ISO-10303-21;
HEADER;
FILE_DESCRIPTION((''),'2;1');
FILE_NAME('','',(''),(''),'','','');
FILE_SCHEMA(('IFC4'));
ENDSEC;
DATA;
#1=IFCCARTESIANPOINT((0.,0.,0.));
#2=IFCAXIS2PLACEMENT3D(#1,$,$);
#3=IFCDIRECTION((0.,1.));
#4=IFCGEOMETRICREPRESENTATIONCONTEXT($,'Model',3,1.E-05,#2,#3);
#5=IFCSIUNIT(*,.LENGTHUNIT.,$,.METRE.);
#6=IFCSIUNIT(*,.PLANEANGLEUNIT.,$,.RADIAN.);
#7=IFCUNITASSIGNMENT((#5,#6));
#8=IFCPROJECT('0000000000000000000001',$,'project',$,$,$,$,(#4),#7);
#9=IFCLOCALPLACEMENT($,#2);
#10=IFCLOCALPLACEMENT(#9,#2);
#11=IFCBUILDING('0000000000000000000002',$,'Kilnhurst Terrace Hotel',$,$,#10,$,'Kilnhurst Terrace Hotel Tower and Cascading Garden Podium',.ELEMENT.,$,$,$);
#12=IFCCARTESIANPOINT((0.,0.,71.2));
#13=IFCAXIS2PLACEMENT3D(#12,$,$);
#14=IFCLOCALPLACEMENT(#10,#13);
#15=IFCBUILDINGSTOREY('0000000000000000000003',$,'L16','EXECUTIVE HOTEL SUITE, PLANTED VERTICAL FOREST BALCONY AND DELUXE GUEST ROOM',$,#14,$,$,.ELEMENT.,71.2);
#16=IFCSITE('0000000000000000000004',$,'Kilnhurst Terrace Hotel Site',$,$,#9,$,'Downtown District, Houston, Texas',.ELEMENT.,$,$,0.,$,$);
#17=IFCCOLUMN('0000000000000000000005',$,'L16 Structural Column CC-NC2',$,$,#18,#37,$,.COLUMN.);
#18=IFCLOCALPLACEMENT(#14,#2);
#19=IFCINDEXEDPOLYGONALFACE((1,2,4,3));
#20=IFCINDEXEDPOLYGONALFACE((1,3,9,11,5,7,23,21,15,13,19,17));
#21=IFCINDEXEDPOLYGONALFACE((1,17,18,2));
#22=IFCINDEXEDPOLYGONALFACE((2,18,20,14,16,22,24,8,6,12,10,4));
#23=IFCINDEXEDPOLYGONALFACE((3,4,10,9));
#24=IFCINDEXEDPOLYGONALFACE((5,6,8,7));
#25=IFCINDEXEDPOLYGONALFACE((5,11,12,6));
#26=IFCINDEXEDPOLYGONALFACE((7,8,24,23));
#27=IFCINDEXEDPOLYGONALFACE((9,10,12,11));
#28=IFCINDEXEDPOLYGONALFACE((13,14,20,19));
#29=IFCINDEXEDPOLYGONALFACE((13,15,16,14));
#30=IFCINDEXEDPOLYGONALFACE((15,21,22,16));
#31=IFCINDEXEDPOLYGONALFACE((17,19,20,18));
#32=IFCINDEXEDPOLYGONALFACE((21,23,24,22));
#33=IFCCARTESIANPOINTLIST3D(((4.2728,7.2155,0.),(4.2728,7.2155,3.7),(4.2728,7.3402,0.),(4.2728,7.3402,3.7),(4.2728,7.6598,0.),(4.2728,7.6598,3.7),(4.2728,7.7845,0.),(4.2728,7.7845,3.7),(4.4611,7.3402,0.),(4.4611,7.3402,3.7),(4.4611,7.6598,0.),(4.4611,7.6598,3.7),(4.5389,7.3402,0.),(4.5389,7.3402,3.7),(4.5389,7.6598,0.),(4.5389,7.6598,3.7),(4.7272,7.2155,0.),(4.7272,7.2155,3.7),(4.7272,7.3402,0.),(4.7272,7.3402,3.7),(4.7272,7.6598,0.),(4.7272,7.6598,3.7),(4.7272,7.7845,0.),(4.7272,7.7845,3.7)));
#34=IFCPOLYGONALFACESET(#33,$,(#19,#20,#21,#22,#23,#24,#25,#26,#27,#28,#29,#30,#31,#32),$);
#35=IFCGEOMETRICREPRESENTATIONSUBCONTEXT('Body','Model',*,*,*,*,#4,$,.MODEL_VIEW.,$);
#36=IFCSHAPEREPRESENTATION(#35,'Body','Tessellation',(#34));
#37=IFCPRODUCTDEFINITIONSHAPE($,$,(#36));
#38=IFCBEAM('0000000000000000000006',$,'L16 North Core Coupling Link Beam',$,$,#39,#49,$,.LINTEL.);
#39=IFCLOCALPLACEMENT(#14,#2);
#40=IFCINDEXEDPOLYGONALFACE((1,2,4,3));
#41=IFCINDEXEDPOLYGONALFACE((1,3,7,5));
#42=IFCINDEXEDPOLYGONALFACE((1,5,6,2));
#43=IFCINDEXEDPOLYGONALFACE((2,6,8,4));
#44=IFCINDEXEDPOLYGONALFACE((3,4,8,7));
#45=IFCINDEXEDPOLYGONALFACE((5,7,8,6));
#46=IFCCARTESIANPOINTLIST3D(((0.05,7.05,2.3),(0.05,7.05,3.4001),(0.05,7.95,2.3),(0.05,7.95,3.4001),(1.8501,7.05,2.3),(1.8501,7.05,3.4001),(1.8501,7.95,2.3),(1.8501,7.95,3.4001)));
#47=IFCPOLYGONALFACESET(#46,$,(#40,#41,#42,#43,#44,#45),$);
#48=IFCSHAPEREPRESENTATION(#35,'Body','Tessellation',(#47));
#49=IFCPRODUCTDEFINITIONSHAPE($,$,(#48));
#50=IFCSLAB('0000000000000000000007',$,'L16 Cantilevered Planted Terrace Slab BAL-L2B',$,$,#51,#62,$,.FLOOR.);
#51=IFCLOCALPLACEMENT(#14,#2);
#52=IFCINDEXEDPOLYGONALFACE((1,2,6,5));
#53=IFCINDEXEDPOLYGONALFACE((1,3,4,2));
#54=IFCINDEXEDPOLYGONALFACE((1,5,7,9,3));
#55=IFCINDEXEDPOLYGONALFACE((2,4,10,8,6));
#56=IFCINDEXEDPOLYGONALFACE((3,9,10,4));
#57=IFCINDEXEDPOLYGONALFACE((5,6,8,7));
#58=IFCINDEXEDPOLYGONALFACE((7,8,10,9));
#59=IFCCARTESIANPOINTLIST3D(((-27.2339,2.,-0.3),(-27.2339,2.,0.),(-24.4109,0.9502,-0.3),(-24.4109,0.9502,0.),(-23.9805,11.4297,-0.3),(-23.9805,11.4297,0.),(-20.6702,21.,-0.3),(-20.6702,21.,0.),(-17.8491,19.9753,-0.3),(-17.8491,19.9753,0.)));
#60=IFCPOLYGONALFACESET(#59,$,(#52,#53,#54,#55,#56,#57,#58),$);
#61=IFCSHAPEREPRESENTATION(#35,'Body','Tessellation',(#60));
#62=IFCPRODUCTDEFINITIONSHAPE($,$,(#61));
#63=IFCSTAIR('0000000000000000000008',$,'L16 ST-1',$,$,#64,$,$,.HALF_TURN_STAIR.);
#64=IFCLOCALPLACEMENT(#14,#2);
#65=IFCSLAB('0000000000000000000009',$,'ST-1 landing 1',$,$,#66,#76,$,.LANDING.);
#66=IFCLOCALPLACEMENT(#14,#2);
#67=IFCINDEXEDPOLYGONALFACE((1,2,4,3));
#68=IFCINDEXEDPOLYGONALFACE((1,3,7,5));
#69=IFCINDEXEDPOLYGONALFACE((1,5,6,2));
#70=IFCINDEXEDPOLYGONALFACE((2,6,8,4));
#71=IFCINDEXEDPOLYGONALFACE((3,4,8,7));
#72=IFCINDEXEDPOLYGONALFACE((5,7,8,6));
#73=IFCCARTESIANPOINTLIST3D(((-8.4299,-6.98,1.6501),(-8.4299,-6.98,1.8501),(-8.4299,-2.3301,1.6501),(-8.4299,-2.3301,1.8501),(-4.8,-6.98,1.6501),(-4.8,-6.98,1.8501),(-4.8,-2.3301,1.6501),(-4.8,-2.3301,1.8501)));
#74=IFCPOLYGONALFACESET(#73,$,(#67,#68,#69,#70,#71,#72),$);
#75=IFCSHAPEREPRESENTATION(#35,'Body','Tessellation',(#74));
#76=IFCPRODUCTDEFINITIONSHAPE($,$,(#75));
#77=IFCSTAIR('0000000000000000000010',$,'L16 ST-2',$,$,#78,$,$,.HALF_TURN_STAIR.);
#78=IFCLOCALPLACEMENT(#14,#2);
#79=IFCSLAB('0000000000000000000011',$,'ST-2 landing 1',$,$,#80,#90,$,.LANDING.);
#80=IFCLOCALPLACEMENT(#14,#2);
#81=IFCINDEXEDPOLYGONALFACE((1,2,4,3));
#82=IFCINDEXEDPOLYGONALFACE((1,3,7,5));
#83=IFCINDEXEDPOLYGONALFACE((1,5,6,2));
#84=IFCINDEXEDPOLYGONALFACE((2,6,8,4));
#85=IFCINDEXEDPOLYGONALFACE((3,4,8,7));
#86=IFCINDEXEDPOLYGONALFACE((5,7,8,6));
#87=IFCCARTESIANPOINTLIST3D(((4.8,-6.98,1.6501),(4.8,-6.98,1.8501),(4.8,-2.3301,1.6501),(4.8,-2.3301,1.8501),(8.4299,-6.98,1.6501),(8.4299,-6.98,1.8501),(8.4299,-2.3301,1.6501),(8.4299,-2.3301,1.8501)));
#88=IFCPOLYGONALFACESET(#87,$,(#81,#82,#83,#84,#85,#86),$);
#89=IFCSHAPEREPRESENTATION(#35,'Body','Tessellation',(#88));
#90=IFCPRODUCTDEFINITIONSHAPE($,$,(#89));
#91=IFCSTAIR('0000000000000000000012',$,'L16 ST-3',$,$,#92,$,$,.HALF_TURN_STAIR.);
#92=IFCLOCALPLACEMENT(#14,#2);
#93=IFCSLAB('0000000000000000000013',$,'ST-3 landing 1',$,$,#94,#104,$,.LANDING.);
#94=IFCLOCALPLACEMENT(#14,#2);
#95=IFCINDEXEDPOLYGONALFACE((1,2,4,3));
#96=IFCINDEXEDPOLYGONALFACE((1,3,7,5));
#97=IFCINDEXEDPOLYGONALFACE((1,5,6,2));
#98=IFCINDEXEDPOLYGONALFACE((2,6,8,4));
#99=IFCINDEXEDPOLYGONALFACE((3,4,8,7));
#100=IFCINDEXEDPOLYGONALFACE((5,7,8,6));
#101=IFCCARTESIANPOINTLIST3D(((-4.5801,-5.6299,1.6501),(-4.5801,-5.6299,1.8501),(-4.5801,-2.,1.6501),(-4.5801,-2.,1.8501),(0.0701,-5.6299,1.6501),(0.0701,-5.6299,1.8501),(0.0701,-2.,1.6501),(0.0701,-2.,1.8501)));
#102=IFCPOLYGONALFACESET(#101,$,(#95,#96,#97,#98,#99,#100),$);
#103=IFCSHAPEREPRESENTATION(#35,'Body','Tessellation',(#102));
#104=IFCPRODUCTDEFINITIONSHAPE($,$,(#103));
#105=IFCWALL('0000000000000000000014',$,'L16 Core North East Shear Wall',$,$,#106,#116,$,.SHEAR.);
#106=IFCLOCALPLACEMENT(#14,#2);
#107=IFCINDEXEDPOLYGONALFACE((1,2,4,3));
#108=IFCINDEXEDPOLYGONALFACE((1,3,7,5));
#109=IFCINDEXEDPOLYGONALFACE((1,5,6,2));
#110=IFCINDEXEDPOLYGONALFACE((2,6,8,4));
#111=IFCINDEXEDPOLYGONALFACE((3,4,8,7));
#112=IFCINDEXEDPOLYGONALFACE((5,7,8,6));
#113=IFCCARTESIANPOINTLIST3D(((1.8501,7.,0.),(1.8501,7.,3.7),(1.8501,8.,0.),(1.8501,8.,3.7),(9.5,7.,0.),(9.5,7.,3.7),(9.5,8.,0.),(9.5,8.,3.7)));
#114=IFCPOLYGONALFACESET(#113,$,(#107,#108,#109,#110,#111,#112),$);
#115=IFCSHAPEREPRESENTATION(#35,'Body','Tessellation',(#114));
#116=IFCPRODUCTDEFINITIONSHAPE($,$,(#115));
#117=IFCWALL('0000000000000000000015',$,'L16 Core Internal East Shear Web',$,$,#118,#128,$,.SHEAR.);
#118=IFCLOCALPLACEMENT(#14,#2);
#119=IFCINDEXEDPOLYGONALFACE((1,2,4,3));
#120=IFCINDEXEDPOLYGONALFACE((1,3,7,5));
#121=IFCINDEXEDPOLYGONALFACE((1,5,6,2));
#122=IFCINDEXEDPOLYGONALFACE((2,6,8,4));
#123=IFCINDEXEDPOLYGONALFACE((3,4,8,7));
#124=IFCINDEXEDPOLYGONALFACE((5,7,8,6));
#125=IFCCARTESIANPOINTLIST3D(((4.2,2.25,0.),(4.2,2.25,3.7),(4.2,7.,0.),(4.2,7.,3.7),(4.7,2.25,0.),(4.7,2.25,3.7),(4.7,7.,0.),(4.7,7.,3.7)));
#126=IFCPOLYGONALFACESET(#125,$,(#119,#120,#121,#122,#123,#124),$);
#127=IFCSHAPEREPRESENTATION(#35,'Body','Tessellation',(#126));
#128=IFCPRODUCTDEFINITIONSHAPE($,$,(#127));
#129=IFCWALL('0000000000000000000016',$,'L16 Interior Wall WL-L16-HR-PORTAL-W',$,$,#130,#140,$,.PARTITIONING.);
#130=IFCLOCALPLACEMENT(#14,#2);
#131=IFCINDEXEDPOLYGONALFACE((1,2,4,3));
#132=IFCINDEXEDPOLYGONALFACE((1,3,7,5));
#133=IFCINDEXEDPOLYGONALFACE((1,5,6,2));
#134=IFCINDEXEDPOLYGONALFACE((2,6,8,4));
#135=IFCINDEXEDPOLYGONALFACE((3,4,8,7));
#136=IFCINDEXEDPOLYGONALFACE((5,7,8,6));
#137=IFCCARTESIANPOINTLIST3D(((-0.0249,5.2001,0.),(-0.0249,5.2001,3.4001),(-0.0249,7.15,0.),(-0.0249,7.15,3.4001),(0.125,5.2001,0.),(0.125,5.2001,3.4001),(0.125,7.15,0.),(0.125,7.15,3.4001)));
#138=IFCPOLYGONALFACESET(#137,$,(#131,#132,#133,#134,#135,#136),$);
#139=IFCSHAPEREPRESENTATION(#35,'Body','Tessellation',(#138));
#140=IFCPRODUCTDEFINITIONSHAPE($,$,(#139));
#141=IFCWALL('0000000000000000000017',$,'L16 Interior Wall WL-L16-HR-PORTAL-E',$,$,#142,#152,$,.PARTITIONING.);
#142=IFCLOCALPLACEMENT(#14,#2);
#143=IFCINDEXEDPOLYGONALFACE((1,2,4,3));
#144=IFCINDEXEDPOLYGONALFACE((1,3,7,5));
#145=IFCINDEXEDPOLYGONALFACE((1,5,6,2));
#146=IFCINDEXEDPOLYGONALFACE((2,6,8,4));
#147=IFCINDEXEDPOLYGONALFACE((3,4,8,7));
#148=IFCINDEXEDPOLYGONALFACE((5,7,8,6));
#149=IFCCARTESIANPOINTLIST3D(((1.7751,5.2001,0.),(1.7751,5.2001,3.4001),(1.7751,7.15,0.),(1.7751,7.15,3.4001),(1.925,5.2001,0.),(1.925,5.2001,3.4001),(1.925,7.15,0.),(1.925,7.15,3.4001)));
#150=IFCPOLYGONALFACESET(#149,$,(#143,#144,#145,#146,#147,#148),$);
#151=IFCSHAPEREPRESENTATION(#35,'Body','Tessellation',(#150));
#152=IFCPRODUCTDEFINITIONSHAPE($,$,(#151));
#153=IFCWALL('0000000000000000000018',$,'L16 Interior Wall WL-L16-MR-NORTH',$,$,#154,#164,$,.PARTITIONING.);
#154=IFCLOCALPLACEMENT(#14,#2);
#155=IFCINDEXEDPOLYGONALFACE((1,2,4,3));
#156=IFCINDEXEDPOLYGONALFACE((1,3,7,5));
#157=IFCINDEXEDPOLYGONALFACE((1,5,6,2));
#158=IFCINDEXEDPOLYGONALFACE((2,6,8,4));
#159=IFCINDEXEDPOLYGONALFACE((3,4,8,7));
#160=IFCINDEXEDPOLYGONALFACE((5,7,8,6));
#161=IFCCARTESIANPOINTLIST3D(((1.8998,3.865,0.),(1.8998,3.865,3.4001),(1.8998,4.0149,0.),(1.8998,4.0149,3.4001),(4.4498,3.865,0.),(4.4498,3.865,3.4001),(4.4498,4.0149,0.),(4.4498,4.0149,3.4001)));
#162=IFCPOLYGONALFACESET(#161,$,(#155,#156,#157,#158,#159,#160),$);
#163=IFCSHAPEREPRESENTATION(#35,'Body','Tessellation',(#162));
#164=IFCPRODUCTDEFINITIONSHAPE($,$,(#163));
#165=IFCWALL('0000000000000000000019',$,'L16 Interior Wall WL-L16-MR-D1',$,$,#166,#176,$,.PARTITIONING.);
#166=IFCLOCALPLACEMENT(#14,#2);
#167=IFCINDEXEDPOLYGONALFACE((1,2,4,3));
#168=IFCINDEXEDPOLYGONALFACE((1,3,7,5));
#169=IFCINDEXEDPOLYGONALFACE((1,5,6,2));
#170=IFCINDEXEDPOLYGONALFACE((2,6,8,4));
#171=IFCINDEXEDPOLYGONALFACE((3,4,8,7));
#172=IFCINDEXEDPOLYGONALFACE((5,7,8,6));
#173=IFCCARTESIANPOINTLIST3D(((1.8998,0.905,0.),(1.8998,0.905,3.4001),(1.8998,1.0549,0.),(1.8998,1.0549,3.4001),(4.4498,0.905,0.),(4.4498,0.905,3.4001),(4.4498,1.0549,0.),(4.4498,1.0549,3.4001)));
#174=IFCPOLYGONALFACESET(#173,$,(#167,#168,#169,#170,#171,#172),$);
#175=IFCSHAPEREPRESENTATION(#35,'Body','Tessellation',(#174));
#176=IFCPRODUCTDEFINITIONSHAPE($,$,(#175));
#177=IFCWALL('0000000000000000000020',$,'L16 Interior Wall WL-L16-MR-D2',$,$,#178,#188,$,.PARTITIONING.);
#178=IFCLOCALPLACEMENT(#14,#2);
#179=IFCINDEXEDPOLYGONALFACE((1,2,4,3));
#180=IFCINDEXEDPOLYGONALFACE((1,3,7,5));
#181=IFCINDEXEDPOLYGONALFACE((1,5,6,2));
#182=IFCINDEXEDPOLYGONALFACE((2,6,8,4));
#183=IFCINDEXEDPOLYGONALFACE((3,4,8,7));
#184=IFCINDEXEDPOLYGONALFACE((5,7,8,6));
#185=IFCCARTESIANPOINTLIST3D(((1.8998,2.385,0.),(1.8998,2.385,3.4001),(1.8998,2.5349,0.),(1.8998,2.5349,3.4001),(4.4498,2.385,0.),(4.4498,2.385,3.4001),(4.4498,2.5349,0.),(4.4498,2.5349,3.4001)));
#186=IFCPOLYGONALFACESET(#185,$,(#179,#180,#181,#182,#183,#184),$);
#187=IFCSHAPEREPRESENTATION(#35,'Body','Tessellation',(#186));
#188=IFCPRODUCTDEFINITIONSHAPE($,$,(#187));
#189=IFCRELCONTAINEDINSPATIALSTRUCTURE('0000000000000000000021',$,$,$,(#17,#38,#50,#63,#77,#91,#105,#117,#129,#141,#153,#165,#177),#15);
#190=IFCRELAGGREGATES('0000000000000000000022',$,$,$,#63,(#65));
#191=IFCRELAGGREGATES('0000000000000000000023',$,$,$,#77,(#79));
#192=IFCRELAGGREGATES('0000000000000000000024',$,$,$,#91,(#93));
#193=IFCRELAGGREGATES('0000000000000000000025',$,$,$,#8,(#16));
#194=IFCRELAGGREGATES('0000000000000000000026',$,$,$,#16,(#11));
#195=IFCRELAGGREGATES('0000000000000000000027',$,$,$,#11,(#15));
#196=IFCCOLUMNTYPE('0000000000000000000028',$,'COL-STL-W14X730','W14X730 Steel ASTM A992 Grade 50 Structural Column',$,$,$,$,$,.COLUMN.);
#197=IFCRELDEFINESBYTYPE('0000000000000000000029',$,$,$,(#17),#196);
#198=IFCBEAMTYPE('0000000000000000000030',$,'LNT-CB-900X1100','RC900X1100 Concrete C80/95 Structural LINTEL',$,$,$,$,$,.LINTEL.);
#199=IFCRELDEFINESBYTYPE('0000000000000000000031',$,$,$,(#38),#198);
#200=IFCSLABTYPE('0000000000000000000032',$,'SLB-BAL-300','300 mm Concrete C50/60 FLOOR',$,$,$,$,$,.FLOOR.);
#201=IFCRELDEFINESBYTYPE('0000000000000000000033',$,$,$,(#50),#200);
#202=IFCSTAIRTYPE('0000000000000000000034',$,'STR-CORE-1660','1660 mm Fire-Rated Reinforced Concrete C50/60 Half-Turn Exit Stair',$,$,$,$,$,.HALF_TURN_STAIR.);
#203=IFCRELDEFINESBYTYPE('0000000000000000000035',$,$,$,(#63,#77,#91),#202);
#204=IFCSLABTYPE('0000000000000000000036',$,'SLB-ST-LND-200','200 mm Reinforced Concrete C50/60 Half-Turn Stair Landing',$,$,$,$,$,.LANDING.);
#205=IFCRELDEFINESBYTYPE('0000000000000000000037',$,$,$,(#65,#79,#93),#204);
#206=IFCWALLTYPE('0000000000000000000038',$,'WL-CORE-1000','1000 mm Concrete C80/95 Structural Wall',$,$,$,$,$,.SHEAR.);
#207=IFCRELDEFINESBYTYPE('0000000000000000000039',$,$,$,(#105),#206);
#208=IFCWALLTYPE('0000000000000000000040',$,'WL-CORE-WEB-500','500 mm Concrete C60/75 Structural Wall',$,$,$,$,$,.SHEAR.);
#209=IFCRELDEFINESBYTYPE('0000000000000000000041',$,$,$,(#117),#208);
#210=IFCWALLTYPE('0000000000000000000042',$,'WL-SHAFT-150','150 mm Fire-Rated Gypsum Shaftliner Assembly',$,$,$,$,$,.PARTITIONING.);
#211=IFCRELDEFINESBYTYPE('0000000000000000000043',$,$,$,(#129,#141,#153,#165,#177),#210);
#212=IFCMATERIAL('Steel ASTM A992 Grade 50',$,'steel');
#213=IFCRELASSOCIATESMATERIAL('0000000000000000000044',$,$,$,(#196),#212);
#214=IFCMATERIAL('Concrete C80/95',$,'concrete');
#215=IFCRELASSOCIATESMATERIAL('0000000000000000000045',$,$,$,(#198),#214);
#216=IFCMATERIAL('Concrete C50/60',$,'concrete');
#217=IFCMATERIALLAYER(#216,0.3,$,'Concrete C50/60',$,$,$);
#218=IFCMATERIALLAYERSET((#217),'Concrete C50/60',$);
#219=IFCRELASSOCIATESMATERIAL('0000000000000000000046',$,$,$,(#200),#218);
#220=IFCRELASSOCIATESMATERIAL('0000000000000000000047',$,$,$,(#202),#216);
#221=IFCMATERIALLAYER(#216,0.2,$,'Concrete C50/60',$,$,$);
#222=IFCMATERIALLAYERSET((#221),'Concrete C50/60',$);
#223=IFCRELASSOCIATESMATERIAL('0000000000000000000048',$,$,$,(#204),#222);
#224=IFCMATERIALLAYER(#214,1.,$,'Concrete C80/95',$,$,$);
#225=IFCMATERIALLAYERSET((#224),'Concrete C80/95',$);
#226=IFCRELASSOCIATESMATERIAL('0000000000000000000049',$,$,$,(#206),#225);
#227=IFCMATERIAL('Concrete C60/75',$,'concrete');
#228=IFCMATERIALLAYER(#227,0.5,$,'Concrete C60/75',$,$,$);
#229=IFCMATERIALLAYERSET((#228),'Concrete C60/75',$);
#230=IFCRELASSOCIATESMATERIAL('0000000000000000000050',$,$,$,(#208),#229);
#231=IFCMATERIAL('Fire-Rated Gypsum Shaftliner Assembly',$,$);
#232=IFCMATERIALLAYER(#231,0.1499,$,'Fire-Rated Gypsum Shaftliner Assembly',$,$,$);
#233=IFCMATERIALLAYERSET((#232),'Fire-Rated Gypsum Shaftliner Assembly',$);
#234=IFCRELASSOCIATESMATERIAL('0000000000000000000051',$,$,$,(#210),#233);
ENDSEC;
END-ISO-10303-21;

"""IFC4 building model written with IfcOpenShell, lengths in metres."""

from ifc_helpers import new_model, si_unit, direction, frame, frame_2d, origin, origin_2d, place, context, subcontext, project, spatial, polyline, rectangle, i_section, outline, extrude, material, layer, layer_set, material_profile, profile_set, type_object, element, aggregate, save


model = new_model("IFC4")

# Units and contexts
model_context = context("Model", 3, precision=1e-05, world=origin(), true_north=direction((0.0, 1.0)))
body_context = subcontext(model_context, "Body", "Model", "MODEL_VIEW")
ifc_project = project(units=[si_unit("LENGTHUNIT", "METRE"), si_unit("PLANEANGLEUNIT", "RADIAN")], contexts=[model_context])

# Site, building, storey
site_placement = place(None, origin())
site = spatial("IfcSite", under=ifc_project, at=site_placement, Name="Kilnhurst Terrace Hotel Site", LongName="Downtown District, Houston, Texas", CompositionType="ELEMENT", RefElevation=0.0)
building_placement = place(site_placement, origin())
building = spatial("IfcBuilding", under=site, at=building_placement, Name="Kilnhurst Terrace Hotel", LongName="Kilnhurst Terrace Hotel Tower and Cascading Garden Podium", CompositionType="ELEMENT")
storey_placement = place(building_placement, frame((0.0, 0.0, 71.2)))
storey = spatial("IfcBuildingStorey", under=building, at=storey_placement, Name="L16", Description="EXECUTIVE HOTEL SUITE, PLANTED VERTICAL FOREST BALCONY AND DELUXE GUEST ROOM", CompositionType="ELEMENT", Elevation=71.2)

# Column
ifc_material_1 = material(Name="Steel ASTM A992 Grade 50", Category="steel")
ifc_material_profile_1 = material_profile(ifc_material_1, i_section(OverallWidth=0.4543, OverallDepth=0.5691, WebThickness=0.0779, FlangeThickness=0.1248, at=origin_2d()), Name="W14X730")
ifc_profile_set_1 = profile_set([ifc_material_profile_1], Name="Steel ASTM A992 Grade 50")
column_type = type_object("IfcColumnType", Name="COL-STL-W14X730", Description="W14X730 Steel ASTM A992 Grade 50 Structural Column", PredefinedType="COLUMN", material=ifc_profile_set_1)
column_placement = place(storey_placement, frame((4.5, 7.5, 0.0), z_axis=(0.0, 0.0, 1.0), x_axis=(1.0, 0.0, 0.0)))
element("IfcColumn", 1, at=column_placement, inside=storey, type_object=column_type, Name="L16 Structural Column CC-NC2", PredefinedType="COLUMN", context=body_context, shape_type="SweptSolid", body=[
    extrude(i_section(OverallWidth=0.4543, OverallDepth=0.5691, WebThickness=0.0779, FlangeThickness=0.1248, at=origin_2d()), origin(), (0.0, 0.0, 1.0), 3.7),
])

# Beam
ifc_material_2 = material(Name="Concrete C80/95", Category="concrete")
ifc_material_profile_2 = material_profile(ifc_material_2, rectangle(XDim=0.8999, YDim=1.1001, at=origin_2d()), Name="RC900X1100")
ifc_profile_set_2 = profile_set([ifc_material_profile_2], Name="Concrete C80/95")
beam_type = type_object("IfcBeamType", Name="LNT-CB-900X1100", Description="RC900X1100 Concrete C80/95 Structural LINTEL", PredefinedType="LINTEL", material=ifc_profile_set_2)
beam_placement = place(storey_placement, frame((0.05, 7.5, 2.8501), z_axis=(1.0, 0.0, 0.0), x_axis=(0.0, 1.0, 0.0)))
element("IfcBeam", 2, at=beam_placement, inside=storey, type_object=beam_type, Name="L16 North Core Coupling Link Beam", PredefinedType="LINTEL", context=body_context, shape_type="SweptSolid", body=[
    extrude(rectangle(XDim=0.8999, YDim=1.1001, at=origin_2d()), origin(), (0.0, 0.0, 1.0), 1.8),
])

# Slab
ifc_material_3 = material(Name="Concrete C50/60", Category="concrete")
ifc_layer_1 = layer(ifc_material_3, 0.3, Name="Concrete C50/60")
ifc_layer_set_1 = layer_set([ifc_layer_1], Name="Concrete C50/60")
slab_type_1 = type_object("IfcSlabType", Name="SLB-BAL-300", Description="300 mm Concrete C50/60 FLOOR", PredefinedType="FLOOR", material=ifc_layer_set_1)
slab_1_placement = place(storey_placement, frame((0.0, 0.0, -0.3)))
element("IfcSlab", 3, at=slab_1_placement, inside=storey, type_object=slab_type_1, Name="L16 Cantilevered Planted Terrace Slab BAL-L2B", PredefinedType="FLOOR", context=body_context, shape_type="SweptSolid", body=[
    extrude(outline(polyline([(-20.6702, 21.0), (-17.8491, 19.9753), (-24.4109, 0.9502), (-27.2339, 2.0), (-23.9805, 11.4297), (-20.6702, 21.0)])), origin(), (0.0, 0.0, 1.0), 0.3),
])

# Stairs, slabs
stair_type = type_object("IfcStairType", Name="STR-CORE-1660", Description="1660 mm Fire-Rated Reinforced Concrete C50/60 Half-Turn Exit Stair", PredefinedType="HALF_TURN_STAIR", material=ifc_material_3)
stair_1_placement = place(storey_placement, origin())
stair_1 = element("IfcStair", 4, at=stair_1_placement, inside=storey, type_object=stair_type, Name="L16 ST-1", PredefinedType="HALF_TURN_STAIR")
ifc_layer_2 = layer(ifc_material_3, 0.2, Name="Concrete C50/60")
ifc_layer_set_2 = layer_set([ifc_layer_2], Name="Concrete C50/60")
slab_type_2 = type_object("IfcSlabType", Name="SLB-ST-LND-200", Description="200 mm Reinforced Concrete C50/60 Half-Turn Stair Landing", PredefinedType="LANDING", material=ifc_layer_set_2)
slab_2_placement = place(storey_placement, frame((0.0, 0.0, 1.6501)))
slab_2 = element("IfcSlab", 5, at=slab_2_placement, type_object=slab_type_2, Name="ST-1 landing 1", PredefinedType="LANDING", context=body_context, shape_type="SweptSolid", body=[
    extrude(outline(polyline([(-8.4299, -2.3301), (-4.8, -2.3301), (-4.8, -6.98), (-8.4299, -6.98), (-8.4299, -2.3301)])), origin(), (0.0, 0.0, 1.0), 0.2),
])
aggregate(stair_1, [slab_2])
stair_2_placement = place(storey_placement, origin())
stair_2 = element("IfcStair", 6, at=stair_2_placement, inside=storey, type_object=stair_type, Name="L16 ST-2", PredefinedType="HALF_TURN_STAIR")
slab_3_placement = place(storey_placement, frame((0.0, 0.0, 1.6501)))
slab_3 = element("IfcSlab", 7, at=slab_3_placement, type_object=slab_type_2, Name="ST-2 landing 1", PredefinedType="LANDING", context=body_context, shape_type="SweptSolid", body=[
    extrude(outline(polyline([(4.8, -2.3301), (8.4299, -2.3301), (8.4299, -6.98), (4.8, -6.98), (4.8, -2.3301)])), origin(), (0.0, 0.0, 1.0), 0.2),
])
aggregate(stair_2, [slab_3])
stair_3_placement = place(storey_placement, origin())
stair_3 = element("IfcStair", 8, at=stair_3_placement, inside=storey, type_object=stair_type, Name="L16 ST-3", PredefinedType="HALF_TURN_STAIR")
slab_4_placement = place(storey_placement, frame((0.0, 0.0, 1.6501)))
slab_4 = element("IfcSlab", 9, at=slab_4_placement, type_object=slab_type_2, Name="ST-3 landing 1", PredefinedType="LANDING", context=body_context, shape_type="SweptSolid", body=[
    extrude(outline(polyline([(0.0701, -2.0), (0.0701, -5.6299), (-4.5801, -5.6299), (-4.5801, -2.0), (0.0701, -2.0)])), origin(), (0.0, 0.0, 1.0), 0.2),
])
aggregate(stair_3, [slab_4])

# Walls
ifc_layer_3 = layer(ifc_material_2, 1.0, Name="Concrete C80/95")
ifc_layer_set_3 = layer_set([ifc_layer_3], Name="Concrete C80/95")
wall_type_1 = type_object("IfcWallType", Name="WL-CORE-1000", Description="1000 mm Concrete C80/95 Structural Wall", PredefinedType="SHEAR", material=ifc_layer_set_3)
wall_1_placement = place(storey_placement, frame((1.8501, 7.5, 0.0), z_axis=(0.0, 0.0, 1.0), x_axis=(1.0, 0.0, 0.0)))
element("IfcWall", 10, at=wall_1_placement, inside=storey, type_object=wall_type_1, Name="L16 Core North East Shear Wall", PredefinedType="SHEAR", context=body_context, shape_type="SweptSolid", body=[
    extrude(rectangle(XDim=7.6499, YDim=1.0, at=frame_2d((3.825, 0.0))), origin(), (0.0, 0.0, 1.0), 3.7),
])
ifc_material_4 = material(Name="Concrete C60/75", Category="concrete")
ifc_layer_4 = layer(ifc_material_4, 0.5, Name="Concrete C60/75")
ifc_layer_set_4 = layer_set([ifc_layer_4], Name="Concrete C60/75")
wall_type_2 = type_object("IfcWallType", Name="WL-CORE-WEB-500", Description="500 mm Concrete C60/75 Structural Wall", PredefinedType="SHEAR", material=ifc_layer_set_4)
wall_2_placement = place(storey_placement, frame((4.45, 2.25, 0.0), z_axis=(0.0, 0.0, 1.0), x_axis=(0.0, 1.0, 0.0)))
element("IfcWall", 11, at=wall_2_placement, inside=storey, type_object=wall_type_2, Name="L16 Core Internal East Shear Web", PredefinedType="SHEAR", context=body_context, shape_type="SweptSolid", body=[
    extrude(rectangle(XDim=4.75, YDim=0.5, at=frame_2d((2.375, 0.0))), origin(), (0.0, 0.0, 1.0), 3.7),
])
ifc_material_5 = material(Name="Fire-Rated Gypsum Shaftliner Assembly")
ifc_layer_5 = layer(ifc_material_5, 0.1499, Name="Fire-Rated Gypsum Shaftliner Assembly")
ifc_layer_set_5 = layer_set([ifc_layer_5], Name="Fire-Rated Gypsum Shaftliner Assembly")
wall_type_3 = type_object("IfcWallType", Name="WL-SHAFT-150", Description="150 mm Fire-Rated Gypsum Shaftliner Assembly", PredefinedType="PARTITIONING", material=ifc_layer_set_5)
for number, where, z_axis, x_axis, name in (
    (12, (0.05, 5.2, 0.0), (0.0, 0.0, 1.0), (0.0, 1.0, 0.0), "L16 Interior Wall WL-L16-HR-PORTAL-W"),
    (13, (1.8501, 5.2, 0.0), (0.0, 0.0, 1.0), (0.0, 1.0, 0.0), "L16 Interior Wall WL-L16-HR-PORTAL-E"),
):
    element("IfcWall", number, at=place(storey_placement, frame(where, z_axis=z_axis, x_axis=x_axis)), inside=storey, type_object=wall_type_3, Name=name, PredefinedType="PARTITIONING", context=body_context, shape_type="SweptSolid", body=[
        extrude(rectangle(XDim=1.95, YDim=0.1499, at=frame_2d((0.9751, 0.0))), origin(), (0.0, 0.0, 1.0), 3.4001),
    ])
for number, where, z_axis, x_axis, name in (
    (14, (1.8999, 3.9399, 0.0), (0.0, 0.0, 1.0), (1.0, 0.0, 0.0), "L16 Interior Wall WL-L16-MR-NORTH"),
    (15, (1.8999, 0.98, 0.0), (0.0, 0.0, 1.0), (1.0, 0.0, 0.0), "L16 Interior Wall WL-L16-MR-D1"),
    (16, (1.8999, 2.46, 0.0), (0.0, 0.0, 1.0), (1.0, 0.0, 0.0), "L16 Interior Wall WL-L16-MR-D2"),
):
    element("IfcWall", number, at=place(storey_placement, frame(where, z_axis=z_axis, x_axis=x_axis)), inside=storey, type_object=wall_type_3, Name=name, PredefinedType="PARTITIONING", context=body_context, shape_type="SweptSolid", body=[
        extrude(rectangle(XDim=2.55, YDim=0.1499, at=frame_2d((1.2749, 0.0))), origin(), (0.0, 0.0, 1.0), 3.4001),
    ])

save(model, "model.ifc")
